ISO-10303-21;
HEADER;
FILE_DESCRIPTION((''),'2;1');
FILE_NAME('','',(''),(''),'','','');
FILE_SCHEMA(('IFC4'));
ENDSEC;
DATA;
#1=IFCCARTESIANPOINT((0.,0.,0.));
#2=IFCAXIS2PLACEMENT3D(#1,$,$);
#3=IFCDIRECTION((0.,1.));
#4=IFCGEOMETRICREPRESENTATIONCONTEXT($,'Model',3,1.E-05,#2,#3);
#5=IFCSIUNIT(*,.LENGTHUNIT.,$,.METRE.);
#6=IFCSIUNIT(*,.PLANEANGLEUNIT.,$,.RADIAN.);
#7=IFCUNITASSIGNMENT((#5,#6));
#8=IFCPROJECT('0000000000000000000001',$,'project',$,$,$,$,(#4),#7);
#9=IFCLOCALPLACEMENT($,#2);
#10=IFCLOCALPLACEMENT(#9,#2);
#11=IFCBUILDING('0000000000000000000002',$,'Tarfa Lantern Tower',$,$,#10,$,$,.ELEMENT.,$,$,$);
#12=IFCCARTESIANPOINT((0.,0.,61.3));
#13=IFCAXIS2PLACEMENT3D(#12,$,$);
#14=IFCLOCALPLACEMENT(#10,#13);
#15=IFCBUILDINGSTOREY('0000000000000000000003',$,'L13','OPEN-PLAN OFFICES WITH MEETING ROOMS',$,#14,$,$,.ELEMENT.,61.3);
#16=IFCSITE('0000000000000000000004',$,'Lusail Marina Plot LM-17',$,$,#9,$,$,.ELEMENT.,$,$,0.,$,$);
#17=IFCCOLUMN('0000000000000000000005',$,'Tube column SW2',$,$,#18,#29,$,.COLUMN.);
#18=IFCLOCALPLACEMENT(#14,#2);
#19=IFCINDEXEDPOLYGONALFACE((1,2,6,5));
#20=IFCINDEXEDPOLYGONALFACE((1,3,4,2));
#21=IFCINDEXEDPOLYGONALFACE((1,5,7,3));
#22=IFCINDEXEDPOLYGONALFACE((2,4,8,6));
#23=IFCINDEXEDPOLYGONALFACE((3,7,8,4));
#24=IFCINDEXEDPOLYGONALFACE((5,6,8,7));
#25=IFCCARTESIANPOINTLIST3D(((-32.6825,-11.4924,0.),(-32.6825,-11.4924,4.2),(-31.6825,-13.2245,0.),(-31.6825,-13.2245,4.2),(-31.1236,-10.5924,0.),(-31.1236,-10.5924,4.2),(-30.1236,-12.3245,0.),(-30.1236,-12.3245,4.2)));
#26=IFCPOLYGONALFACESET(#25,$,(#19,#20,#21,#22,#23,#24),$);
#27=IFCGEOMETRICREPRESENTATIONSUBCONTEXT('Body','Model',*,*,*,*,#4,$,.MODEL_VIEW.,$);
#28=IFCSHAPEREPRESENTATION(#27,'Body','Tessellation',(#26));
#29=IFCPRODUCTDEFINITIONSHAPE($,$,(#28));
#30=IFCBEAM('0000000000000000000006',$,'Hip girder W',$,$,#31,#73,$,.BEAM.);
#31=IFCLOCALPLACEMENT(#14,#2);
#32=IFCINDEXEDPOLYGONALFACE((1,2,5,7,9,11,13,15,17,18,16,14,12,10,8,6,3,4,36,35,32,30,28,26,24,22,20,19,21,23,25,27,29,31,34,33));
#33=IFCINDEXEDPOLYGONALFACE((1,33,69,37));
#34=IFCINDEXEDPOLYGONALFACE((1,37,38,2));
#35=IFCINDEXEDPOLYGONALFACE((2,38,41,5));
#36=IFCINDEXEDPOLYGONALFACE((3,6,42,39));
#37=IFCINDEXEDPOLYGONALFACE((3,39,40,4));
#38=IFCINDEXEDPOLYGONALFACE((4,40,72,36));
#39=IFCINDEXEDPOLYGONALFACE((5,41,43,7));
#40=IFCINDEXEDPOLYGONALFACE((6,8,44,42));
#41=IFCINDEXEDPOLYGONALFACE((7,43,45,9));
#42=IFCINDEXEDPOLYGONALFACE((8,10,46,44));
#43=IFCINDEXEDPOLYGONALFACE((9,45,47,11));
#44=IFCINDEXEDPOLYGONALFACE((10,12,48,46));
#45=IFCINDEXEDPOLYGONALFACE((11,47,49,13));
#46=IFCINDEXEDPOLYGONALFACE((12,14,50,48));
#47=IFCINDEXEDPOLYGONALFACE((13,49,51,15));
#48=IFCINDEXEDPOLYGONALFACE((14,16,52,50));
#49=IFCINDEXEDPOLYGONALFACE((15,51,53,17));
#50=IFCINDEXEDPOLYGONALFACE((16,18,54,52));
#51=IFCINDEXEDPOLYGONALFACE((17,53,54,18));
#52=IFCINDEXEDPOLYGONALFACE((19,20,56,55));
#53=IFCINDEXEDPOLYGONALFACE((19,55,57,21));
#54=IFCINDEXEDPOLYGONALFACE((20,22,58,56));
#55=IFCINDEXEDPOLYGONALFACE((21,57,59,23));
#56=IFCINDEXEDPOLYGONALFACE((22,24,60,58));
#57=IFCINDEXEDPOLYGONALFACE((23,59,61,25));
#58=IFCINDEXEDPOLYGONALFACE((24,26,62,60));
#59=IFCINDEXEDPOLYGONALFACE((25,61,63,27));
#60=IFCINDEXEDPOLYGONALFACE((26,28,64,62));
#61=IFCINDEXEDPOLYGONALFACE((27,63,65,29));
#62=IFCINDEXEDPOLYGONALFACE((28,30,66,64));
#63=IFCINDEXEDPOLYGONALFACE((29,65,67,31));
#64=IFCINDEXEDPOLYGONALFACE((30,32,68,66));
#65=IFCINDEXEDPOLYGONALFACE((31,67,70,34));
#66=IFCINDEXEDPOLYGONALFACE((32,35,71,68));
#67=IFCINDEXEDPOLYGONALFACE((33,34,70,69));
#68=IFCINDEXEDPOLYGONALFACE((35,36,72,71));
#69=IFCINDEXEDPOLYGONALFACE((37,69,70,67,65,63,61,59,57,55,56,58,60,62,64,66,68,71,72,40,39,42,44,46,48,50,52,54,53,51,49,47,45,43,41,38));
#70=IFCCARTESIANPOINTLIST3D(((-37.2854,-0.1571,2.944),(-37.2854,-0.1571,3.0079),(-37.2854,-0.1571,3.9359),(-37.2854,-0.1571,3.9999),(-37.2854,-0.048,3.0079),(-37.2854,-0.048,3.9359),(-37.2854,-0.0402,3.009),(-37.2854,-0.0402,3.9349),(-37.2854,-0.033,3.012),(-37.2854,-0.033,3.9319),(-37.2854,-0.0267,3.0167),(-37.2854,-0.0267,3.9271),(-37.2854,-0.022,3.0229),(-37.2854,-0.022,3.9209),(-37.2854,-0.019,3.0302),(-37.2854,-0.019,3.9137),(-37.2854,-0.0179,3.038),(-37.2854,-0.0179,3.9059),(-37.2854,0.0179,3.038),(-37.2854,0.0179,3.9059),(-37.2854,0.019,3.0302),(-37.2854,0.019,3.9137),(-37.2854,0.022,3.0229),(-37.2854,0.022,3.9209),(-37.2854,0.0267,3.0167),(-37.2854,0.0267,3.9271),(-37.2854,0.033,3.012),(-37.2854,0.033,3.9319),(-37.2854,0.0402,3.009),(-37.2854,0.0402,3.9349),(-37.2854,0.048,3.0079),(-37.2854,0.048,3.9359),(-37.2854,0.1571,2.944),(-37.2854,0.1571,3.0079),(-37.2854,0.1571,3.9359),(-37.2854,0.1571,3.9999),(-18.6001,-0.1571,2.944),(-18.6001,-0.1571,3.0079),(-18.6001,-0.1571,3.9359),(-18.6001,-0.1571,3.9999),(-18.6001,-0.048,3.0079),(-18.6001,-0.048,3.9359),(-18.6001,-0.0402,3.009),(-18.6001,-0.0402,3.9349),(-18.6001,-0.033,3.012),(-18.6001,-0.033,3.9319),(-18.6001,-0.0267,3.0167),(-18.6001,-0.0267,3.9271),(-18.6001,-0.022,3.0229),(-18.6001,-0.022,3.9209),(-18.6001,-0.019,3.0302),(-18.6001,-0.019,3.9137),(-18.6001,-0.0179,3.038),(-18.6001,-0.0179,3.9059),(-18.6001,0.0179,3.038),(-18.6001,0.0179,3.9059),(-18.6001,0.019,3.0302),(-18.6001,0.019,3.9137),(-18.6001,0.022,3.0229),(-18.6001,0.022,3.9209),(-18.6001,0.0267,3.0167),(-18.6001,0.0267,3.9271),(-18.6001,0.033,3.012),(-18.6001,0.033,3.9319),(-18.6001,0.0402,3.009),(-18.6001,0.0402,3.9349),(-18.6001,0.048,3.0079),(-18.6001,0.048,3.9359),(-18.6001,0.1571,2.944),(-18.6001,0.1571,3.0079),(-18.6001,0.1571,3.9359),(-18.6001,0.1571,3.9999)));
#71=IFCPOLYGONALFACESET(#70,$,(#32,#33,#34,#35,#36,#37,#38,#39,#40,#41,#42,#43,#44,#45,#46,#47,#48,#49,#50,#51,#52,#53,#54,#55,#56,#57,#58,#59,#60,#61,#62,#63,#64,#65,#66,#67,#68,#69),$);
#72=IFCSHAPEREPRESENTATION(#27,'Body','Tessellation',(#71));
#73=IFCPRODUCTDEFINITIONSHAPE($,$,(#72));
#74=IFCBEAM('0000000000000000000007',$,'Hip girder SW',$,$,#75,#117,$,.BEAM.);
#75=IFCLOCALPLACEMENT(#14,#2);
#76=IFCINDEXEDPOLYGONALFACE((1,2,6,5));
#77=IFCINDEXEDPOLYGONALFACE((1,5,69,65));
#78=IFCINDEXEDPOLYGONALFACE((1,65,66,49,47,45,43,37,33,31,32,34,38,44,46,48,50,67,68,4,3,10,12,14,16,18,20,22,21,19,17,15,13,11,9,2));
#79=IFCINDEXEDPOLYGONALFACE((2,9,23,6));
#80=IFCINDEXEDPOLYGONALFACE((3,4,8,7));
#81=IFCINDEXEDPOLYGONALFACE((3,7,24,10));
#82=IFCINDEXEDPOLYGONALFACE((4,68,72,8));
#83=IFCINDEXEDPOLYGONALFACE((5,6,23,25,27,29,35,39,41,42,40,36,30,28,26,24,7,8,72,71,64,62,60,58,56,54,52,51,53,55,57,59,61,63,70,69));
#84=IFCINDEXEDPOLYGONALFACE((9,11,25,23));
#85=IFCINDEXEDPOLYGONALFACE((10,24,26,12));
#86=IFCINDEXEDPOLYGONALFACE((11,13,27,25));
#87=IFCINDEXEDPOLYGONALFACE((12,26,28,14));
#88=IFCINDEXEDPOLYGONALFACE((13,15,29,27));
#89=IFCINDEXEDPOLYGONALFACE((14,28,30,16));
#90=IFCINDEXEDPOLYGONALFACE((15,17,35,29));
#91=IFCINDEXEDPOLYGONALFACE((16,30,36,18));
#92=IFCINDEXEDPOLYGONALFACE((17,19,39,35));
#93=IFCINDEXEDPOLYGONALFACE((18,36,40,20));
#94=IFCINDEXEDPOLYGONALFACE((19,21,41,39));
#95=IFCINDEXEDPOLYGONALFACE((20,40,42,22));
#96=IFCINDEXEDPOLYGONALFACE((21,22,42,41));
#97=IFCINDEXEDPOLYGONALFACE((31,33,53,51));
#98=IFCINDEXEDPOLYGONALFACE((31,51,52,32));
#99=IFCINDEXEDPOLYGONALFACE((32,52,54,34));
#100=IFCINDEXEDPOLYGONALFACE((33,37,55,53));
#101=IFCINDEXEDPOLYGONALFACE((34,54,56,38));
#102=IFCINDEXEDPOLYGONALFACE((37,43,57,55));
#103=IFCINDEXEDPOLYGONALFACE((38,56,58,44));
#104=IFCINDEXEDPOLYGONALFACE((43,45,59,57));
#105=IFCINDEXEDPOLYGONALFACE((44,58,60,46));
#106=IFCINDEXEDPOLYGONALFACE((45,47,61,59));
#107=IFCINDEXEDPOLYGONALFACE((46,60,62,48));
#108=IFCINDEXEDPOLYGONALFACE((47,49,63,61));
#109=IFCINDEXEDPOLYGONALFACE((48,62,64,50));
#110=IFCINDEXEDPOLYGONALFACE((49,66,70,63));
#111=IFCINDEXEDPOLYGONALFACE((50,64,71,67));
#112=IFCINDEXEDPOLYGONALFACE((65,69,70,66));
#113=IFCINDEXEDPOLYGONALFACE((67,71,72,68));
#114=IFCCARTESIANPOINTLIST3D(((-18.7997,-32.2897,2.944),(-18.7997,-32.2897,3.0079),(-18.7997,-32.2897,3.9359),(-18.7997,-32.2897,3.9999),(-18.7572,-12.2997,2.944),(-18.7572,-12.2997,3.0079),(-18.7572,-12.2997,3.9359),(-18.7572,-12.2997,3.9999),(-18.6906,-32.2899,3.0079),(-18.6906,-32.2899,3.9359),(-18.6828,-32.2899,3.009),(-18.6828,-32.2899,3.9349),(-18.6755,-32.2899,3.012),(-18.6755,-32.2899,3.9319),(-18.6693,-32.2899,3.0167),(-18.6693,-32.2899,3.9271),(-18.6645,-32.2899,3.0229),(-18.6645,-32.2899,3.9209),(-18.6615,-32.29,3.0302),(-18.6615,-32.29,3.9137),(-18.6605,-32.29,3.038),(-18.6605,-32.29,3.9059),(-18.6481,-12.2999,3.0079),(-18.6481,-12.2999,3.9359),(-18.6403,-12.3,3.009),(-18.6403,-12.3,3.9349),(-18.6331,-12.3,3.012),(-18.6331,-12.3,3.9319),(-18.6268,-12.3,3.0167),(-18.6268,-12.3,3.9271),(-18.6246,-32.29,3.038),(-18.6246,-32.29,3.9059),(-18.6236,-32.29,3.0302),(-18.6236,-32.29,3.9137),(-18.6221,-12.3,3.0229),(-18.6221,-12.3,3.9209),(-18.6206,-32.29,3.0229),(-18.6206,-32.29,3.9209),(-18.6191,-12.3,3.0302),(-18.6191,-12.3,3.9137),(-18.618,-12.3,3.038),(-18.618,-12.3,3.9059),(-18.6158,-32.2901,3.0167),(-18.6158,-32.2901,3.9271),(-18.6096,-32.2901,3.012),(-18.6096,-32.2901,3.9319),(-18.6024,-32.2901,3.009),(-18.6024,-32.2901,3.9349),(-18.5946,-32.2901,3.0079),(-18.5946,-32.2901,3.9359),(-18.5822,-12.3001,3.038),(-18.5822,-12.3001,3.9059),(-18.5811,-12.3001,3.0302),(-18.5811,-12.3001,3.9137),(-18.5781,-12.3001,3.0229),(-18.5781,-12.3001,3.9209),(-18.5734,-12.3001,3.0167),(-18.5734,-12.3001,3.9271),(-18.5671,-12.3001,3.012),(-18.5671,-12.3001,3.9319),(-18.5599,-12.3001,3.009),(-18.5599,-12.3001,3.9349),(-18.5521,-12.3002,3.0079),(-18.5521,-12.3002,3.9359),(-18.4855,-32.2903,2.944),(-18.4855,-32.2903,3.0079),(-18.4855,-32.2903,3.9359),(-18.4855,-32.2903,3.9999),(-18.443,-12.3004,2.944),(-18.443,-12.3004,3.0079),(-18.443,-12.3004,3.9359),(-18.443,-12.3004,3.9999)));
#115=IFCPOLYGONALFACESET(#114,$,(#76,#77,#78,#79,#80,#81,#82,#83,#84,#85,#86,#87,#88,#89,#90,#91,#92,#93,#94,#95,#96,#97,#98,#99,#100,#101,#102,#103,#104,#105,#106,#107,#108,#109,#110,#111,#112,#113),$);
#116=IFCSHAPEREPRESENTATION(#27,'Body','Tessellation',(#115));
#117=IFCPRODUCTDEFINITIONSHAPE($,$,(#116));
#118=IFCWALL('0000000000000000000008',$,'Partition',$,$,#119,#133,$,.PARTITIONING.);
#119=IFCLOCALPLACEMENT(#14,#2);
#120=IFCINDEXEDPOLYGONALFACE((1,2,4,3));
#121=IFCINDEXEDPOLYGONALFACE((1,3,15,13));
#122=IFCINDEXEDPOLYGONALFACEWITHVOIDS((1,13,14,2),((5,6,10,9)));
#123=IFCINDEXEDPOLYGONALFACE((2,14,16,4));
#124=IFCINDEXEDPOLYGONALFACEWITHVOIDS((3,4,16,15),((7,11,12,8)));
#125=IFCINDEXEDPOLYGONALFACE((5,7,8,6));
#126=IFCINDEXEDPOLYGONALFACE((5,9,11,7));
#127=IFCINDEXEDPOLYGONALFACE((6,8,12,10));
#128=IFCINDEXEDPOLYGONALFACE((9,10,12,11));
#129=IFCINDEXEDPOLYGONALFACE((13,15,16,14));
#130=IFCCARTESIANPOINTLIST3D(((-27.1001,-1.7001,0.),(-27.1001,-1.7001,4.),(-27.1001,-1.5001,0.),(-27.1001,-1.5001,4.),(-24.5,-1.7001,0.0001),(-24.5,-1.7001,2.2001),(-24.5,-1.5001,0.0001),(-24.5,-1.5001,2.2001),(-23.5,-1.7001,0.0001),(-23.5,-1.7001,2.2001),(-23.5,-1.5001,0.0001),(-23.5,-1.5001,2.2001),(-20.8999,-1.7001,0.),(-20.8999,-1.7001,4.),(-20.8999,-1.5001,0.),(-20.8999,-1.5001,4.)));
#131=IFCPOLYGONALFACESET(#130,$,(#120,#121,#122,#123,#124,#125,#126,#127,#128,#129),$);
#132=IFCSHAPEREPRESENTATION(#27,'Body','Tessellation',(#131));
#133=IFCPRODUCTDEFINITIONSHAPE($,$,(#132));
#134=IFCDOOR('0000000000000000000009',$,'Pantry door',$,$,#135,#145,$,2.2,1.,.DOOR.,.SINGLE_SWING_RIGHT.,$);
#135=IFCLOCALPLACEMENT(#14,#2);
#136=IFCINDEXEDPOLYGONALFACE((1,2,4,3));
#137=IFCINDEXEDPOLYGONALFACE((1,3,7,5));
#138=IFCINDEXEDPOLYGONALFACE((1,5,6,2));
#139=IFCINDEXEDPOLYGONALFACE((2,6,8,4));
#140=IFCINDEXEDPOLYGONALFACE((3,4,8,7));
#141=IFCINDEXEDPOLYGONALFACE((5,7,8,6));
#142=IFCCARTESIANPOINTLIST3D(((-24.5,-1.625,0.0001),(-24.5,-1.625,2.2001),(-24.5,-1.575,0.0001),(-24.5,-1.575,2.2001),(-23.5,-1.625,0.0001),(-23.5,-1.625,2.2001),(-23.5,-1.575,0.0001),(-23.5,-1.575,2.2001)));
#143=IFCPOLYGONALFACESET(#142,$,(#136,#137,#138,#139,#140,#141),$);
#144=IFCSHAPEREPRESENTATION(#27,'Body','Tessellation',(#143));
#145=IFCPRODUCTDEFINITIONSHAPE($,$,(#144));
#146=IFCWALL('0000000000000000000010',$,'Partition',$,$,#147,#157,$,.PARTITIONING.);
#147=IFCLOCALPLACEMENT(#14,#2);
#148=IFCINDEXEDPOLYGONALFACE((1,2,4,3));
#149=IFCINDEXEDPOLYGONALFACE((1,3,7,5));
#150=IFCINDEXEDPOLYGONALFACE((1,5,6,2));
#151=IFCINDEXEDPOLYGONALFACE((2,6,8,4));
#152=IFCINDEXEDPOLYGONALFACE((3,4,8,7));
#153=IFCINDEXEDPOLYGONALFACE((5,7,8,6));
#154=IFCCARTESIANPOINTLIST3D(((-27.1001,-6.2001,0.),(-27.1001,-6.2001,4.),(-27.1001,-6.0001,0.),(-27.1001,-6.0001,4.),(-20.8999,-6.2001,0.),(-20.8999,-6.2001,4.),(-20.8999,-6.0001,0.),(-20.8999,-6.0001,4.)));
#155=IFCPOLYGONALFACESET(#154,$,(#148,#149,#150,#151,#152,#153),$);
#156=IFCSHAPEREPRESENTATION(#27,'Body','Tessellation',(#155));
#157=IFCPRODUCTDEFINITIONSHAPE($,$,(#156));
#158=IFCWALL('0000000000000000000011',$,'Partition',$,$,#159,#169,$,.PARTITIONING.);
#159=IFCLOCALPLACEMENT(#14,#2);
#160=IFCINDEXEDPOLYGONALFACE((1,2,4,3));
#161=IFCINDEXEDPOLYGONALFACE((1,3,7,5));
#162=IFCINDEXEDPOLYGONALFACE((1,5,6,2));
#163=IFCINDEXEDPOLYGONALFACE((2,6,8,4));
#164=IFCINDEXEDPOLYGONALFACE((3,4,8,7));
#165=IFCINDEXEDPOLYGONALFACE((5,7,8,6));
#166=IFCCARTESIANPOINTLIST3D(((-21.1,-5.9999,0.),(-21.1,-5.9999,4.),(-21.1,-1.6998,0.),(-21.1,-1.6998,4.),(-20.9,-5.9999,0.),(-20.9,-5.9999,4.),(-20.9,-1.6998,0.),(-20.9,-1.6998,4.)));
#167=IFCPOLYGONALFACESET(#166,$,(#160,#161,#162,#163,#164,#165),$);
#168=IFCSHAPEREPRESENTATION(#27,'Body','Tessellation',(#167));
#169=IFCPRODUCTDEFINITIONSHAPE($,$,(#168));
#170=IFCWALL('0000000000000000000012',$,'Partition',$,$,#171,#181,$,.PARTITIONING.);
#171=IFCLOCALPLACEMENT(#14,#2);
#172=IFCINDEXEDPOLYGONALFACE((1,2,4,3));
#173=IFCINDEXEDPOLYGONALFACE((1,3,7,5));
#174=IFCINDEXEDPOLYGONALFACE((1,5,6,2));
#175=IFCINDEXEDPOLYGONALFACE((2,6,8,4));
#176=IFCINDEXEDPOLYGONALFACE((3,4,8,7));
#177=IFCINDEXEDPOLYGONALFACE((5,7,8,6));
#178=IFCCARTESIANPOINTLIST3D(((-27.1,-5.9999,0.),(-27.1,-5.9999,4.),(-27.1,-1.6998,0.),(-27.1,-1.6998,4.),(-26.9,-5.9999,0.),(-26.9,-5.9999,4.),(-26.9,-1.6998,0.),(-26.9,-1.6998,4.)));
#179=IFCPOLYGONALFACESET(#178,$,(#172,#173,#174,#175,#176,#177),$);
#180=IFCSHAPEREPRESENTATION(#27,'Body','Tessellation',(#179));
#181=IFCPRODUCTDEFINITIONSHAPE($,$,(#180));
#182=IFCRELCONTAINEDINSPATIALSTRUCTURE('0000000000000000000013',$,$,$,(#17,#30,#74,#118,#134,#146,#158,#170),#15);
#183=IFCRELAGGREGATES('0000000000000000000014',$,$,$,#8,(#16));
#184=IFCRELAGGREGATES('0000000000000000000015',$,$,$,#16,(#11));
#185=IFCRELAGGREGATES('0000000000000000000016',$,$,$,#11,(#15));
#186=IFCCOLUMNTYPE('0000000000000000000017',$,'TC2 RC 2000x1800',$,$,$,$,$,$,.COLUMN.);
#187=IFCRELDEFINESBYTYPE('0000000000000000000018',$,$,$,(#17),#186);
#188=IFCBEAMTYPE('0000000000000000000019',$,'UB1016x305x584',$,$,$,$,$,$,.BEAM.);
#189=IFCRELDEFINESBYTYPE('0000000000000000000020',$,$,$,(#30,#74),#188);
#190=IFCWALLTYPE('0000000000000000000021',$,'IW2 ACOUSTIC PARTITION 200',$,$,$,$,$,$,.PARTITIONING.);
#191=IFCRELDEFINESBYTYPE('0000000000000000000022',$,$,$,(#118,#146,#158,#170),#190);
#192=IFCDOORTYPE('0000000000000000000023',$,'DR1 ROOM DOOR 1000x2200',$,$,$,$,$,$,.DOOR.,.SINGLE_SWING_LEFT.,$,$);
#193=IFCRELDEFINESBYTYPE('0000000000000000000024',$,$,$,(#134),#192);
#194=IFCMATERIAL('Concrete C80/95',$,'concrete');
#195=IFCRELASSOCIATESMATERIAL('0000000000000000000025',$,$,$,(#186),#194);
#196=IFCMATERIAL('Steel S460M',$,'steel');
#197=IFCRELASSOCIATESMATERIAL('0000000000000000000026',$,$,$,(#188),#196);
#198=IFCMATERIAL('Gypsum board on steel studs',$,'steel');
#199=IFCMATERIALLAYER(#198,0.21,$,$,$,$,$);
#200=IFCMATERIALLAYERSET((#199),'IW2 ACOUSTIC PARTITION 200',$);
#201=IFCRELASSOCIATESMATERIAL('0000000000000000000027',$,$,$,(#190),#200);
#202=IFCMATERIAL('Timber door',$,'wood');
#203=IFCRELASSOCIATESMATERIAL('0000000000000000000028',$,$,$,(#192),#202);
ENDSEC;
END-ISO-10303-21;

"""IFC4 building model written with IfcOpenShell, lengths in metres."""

from ifc_helpers import new_model, si_unit, direction, frame, frame_2d, origin, origin_2d, place, context, subcontext, project, spatial, rectangle, i_section, extrude, material, layer, layer_set, material_profile, profile_set, type_object, element, fill, save


model = new_model("IFC4")

# Units and contexts
model_context = context("Model", 3, precision=1e-05, world=origin(), true_north=direction((0.0, 1.0)))
body_context = subcontext(model_context, "Body", "Model", "MODEL_VIEW")
ifc_project = project(units=[si_unit("LENGTHUNIT", "METRE"), si_unit("PLANEANGLEUNIT", "RADIAN")], contexts=[model_context])

# Site, building, storey
site_placement = place(None, origin())
site = spatial("IfcSite", under=ifc_project, at=site_placement, Name="Lusail Marina Plot LM-17", CompositionType="ELEMENT", RefElevation=0.0)
building_placement = place(site_placement, origin())
building = spatial("IfcBuilding", under=site, at=building_placement, Name="Tarfa Lantern Tower", CompositionType="ELEMENT")
storey_placement = place(building_placement, frame((0.0, 0.0, 61.3)))
storey = spatial("IfcBuildingStorey", under=building, at=storey_placement, Name="L13", Description="OPEN-PLAN OFFICES WITH MEETING ROOMS", CompositionType="ELEMENT", Elevation=61.3)

# Column
ifc_material_1 = material(Name="Concrete C80/95", Category="concrete")
ifc_material_profile_1 = material_profile(ifc_material_1, rectangle(XDim=2.0, YDim=1.8, at=origin_2d()), Name="RC 2000x1800")
ifc_profile_set_1 = profile_set([ifc_material_profile_1], Name="Concrete C80/95")
column_type = type_object("IfcColumnType", Name="TC2 RC 2000x1800", PredefinedType="COLUMN", material=ifc_profile_set_1)
column_placement = place(storey_placement, frame((-31.4031, -11.9084, 0.0), z_axis=(0.0, 0.0, 1.0), x_axis=(0.5, -0.866025, 0.0)))
element("IfcColumn", 1, at=column_placement, inside=storey, type_object=column_type, Name="Tube column SW2", PredefinedType="COLUMN", context=body_context, shape_type="SweptSolid", body=[
    extrude(rectangle(XDim=2.0, YDim=1.8, at=origin_2d()), origin(), (0.0, 0.0, 1.0), 4.2),
])

# Beams
ifc_material_2 = material(Name="Steel S460M", Category="steel")
ifc_material_profile_2 = material_profile(ifc_material_2, i_section(OverallWidth=0.3142, OverallDepth=1.0559, WebThickness=0.0359, FlangeThickness=0.064, FilletRadius=0.03, at=origin_2d()), Name="UB1016x305x584")
ifc_profile_set_2 = profile_set([ifc_material_profile_2], Name="Steel S460M")
beam_type = type_object("IfcBeamType", Name="UB1016x305x584", PredefinedType="BEAM", material=ifc_profile_set_2)
beam_1_placement = place(storey_placement, frame((-18.6001, 0.0, 3.4719), z_axis=(-1.0, 0.0, 0.0), x_axis=(0.0, -1.0, 0.0)))
element("IfcBeam", 2, at=beam_1_placement, inside=storey, type_object=beam_type, Name="Hip girder W", PredefinedType="BEAM", context=body_context, shape_type="SweptSolid", body=[
    extrude(i_section(OverallWidth=0.3142, OverallDepth=1.0559, WebThickness=0.0359, FlangeThickness=0.064, FilletRadius=0.03, at=origin_2d()), origin(), (0.0, 0.0, 1.0), 18.6853),
])
beam_2_placement = place(storey_placement, frame((-18.6001, -12.3, 3.4719), z_axis=(-0.002125, -0.999998, 0.0), x_axis=(0.999998, -0.002125, 0.0)))
element("IfcBeam", 3, at=beam_2_placement, inside=storey, type_object=beam_type, Name="Hip girder SW", PredefinedType="BEAM", context=body_context, shape_type="SweptSolid", body=[
    extrude(i_section(OverallWidth=0.3142, OverallDepth=1.0559, WebThickness=0.0359, FlangeThickness=0.064, FilletRadius=0.03, at=origin_2d()), origin(), (0.0, 0.0, 1.0), 19.99),
])

# Wall, opening, door
ifc_material_3 = material(Name="Gypsum board on steel studs", Category="steel")
ifc_layer_1 = layer(ifc_material_3, 0.21)
ifc_layer_set_1 = layer_set([ifc_layer_1], Name="IW2 ACOUSTIC PARTITION 200")
wall_type_1 = type_object("IfcWallType", Name="IW2 ACOUSTIC PARTITION 200", PredefinedType="PARTITIONING", material=ifc_layer_set_1)
wall_1_placement = place(storey_placement, frame((-20.8999, -1.6001, 0.0), z_axis=(0.0, 0.0, 1.0), x_axis=(-1.0, 0.0, 0.0)))
wall_1 = element("IfcWall", 4, at=wall_1_placement, inside=storey, type_object=wall_type_1, Name="Partition", PredefinedType="PARTITIONING", context=body_context, shape_type="SweptSolid", body=[
    extrude(rectangle(XDim=6.2002, YDim=0.2, at=frame_2d((3.1001, 0.0))), origin(), (0.0, 0.0, 1.0), 4.0),
])
opening_1_placement = place(wall_1_placement, frame((2.6001, 0.0, 0.0)))
opening_1 = element("IfcOpeningElement", 5, at=opening_1_placement, cuts=wall_1, PredefinedType="OPENING", context=body_context, shape_type="SweptSolid", body=[
    extrude(rectangle(XDim=1.0, YDim=2.2, at=frame_2d((0.5, 1.1001))), frame((0.0, 0.1099, 0.0), z_axis=(0.0, -1.0, 0.0), x_axis=(1.0, 0.0, 0.0)), (0.0, 0.0, 1.0), 0.22),
])
ifc_material_4 = material(Name="Timber door", Category="wood")
door_type_1 = type_object("IfcDoorType", Name="DR1 ROOM DOOR 1000x2200", OperationType="SINGLE_SWING_LEFT", PredefinedType="DOOR", material=ifc_material_4)
door_1_placement = place(opening_1_placement, origin())
door_1 = element("IfcDoor", 6, at=door_1_placement, inside=storey, type_object=door_type_1, Name="Pantry door", OperationType="SINGLE_SWING_RIGHT", OverallHeight=2.2, OverallWidth=1.0, PredefinedType="DOOR", context=body_context, shape_type="SweptSolid", body=[
    extrude(rectangle(XDim=1.0, YDim=2.2, at=frame_2d((0.5, 1.1001))), frame((0.0, 0.0249, 0.0), z_axis=(0.0, -1.0, 0.0), x_axis=(1.0, 0.0, 0.0)), (0.0, 0.0, 1.0), 0.05),
])
fill(opening_1, door_1)

# Walls
wall_2_placement = place(storey_placement, frame((-20.8999, -6.1001, 0.0), z_axis=(0.0, 0.0, 1.0), x_axis=(-1.0, 0.0, 0.0)))
element("IfcWall", 7, at=wall_2_placement, inside=storey, type_object=wall_type_1, Name="Partition", PredefinedType="PARTITIONING", context=body_context, shape_type="SweptSolid", body=[
    extrude(rectangle(XDim=6.2002, YDim=0.2, at=frame_2d((3.1001, 0.0))), origin(), (0.0, 0.0, 1.0), 4.0),
])
for number, where, z_axis, x_axis, name in (
    (8, (-21.0, -1.7, 0.0), (0.0, 0.0, 1.0), (0.0, -1.0, 0.0), "Partition"),
    (9, (-27.0, -1.7, 0.0), (0.0, 0.0, 1.0), (0.0, -1.0, 0.0), "Partition"),
):
    element("IfcWall", number, at=place(storey_placement, frame(where, z_axis=z_axis, x_axis=x_axis)), inside=storey, type_object=wall_type_1, Name=name, PredefinedType="PARTITIONING", context=body_context, shape_type="SweptSolid", body=[
        extrude(rectangle(XDim=4.3, YDim=0.2, at=frame_2d((2.1499, 0.0))), origin(), (0.0, 0.0, 1.0), 4.0),
    ])

save(model, "model.ifc")
